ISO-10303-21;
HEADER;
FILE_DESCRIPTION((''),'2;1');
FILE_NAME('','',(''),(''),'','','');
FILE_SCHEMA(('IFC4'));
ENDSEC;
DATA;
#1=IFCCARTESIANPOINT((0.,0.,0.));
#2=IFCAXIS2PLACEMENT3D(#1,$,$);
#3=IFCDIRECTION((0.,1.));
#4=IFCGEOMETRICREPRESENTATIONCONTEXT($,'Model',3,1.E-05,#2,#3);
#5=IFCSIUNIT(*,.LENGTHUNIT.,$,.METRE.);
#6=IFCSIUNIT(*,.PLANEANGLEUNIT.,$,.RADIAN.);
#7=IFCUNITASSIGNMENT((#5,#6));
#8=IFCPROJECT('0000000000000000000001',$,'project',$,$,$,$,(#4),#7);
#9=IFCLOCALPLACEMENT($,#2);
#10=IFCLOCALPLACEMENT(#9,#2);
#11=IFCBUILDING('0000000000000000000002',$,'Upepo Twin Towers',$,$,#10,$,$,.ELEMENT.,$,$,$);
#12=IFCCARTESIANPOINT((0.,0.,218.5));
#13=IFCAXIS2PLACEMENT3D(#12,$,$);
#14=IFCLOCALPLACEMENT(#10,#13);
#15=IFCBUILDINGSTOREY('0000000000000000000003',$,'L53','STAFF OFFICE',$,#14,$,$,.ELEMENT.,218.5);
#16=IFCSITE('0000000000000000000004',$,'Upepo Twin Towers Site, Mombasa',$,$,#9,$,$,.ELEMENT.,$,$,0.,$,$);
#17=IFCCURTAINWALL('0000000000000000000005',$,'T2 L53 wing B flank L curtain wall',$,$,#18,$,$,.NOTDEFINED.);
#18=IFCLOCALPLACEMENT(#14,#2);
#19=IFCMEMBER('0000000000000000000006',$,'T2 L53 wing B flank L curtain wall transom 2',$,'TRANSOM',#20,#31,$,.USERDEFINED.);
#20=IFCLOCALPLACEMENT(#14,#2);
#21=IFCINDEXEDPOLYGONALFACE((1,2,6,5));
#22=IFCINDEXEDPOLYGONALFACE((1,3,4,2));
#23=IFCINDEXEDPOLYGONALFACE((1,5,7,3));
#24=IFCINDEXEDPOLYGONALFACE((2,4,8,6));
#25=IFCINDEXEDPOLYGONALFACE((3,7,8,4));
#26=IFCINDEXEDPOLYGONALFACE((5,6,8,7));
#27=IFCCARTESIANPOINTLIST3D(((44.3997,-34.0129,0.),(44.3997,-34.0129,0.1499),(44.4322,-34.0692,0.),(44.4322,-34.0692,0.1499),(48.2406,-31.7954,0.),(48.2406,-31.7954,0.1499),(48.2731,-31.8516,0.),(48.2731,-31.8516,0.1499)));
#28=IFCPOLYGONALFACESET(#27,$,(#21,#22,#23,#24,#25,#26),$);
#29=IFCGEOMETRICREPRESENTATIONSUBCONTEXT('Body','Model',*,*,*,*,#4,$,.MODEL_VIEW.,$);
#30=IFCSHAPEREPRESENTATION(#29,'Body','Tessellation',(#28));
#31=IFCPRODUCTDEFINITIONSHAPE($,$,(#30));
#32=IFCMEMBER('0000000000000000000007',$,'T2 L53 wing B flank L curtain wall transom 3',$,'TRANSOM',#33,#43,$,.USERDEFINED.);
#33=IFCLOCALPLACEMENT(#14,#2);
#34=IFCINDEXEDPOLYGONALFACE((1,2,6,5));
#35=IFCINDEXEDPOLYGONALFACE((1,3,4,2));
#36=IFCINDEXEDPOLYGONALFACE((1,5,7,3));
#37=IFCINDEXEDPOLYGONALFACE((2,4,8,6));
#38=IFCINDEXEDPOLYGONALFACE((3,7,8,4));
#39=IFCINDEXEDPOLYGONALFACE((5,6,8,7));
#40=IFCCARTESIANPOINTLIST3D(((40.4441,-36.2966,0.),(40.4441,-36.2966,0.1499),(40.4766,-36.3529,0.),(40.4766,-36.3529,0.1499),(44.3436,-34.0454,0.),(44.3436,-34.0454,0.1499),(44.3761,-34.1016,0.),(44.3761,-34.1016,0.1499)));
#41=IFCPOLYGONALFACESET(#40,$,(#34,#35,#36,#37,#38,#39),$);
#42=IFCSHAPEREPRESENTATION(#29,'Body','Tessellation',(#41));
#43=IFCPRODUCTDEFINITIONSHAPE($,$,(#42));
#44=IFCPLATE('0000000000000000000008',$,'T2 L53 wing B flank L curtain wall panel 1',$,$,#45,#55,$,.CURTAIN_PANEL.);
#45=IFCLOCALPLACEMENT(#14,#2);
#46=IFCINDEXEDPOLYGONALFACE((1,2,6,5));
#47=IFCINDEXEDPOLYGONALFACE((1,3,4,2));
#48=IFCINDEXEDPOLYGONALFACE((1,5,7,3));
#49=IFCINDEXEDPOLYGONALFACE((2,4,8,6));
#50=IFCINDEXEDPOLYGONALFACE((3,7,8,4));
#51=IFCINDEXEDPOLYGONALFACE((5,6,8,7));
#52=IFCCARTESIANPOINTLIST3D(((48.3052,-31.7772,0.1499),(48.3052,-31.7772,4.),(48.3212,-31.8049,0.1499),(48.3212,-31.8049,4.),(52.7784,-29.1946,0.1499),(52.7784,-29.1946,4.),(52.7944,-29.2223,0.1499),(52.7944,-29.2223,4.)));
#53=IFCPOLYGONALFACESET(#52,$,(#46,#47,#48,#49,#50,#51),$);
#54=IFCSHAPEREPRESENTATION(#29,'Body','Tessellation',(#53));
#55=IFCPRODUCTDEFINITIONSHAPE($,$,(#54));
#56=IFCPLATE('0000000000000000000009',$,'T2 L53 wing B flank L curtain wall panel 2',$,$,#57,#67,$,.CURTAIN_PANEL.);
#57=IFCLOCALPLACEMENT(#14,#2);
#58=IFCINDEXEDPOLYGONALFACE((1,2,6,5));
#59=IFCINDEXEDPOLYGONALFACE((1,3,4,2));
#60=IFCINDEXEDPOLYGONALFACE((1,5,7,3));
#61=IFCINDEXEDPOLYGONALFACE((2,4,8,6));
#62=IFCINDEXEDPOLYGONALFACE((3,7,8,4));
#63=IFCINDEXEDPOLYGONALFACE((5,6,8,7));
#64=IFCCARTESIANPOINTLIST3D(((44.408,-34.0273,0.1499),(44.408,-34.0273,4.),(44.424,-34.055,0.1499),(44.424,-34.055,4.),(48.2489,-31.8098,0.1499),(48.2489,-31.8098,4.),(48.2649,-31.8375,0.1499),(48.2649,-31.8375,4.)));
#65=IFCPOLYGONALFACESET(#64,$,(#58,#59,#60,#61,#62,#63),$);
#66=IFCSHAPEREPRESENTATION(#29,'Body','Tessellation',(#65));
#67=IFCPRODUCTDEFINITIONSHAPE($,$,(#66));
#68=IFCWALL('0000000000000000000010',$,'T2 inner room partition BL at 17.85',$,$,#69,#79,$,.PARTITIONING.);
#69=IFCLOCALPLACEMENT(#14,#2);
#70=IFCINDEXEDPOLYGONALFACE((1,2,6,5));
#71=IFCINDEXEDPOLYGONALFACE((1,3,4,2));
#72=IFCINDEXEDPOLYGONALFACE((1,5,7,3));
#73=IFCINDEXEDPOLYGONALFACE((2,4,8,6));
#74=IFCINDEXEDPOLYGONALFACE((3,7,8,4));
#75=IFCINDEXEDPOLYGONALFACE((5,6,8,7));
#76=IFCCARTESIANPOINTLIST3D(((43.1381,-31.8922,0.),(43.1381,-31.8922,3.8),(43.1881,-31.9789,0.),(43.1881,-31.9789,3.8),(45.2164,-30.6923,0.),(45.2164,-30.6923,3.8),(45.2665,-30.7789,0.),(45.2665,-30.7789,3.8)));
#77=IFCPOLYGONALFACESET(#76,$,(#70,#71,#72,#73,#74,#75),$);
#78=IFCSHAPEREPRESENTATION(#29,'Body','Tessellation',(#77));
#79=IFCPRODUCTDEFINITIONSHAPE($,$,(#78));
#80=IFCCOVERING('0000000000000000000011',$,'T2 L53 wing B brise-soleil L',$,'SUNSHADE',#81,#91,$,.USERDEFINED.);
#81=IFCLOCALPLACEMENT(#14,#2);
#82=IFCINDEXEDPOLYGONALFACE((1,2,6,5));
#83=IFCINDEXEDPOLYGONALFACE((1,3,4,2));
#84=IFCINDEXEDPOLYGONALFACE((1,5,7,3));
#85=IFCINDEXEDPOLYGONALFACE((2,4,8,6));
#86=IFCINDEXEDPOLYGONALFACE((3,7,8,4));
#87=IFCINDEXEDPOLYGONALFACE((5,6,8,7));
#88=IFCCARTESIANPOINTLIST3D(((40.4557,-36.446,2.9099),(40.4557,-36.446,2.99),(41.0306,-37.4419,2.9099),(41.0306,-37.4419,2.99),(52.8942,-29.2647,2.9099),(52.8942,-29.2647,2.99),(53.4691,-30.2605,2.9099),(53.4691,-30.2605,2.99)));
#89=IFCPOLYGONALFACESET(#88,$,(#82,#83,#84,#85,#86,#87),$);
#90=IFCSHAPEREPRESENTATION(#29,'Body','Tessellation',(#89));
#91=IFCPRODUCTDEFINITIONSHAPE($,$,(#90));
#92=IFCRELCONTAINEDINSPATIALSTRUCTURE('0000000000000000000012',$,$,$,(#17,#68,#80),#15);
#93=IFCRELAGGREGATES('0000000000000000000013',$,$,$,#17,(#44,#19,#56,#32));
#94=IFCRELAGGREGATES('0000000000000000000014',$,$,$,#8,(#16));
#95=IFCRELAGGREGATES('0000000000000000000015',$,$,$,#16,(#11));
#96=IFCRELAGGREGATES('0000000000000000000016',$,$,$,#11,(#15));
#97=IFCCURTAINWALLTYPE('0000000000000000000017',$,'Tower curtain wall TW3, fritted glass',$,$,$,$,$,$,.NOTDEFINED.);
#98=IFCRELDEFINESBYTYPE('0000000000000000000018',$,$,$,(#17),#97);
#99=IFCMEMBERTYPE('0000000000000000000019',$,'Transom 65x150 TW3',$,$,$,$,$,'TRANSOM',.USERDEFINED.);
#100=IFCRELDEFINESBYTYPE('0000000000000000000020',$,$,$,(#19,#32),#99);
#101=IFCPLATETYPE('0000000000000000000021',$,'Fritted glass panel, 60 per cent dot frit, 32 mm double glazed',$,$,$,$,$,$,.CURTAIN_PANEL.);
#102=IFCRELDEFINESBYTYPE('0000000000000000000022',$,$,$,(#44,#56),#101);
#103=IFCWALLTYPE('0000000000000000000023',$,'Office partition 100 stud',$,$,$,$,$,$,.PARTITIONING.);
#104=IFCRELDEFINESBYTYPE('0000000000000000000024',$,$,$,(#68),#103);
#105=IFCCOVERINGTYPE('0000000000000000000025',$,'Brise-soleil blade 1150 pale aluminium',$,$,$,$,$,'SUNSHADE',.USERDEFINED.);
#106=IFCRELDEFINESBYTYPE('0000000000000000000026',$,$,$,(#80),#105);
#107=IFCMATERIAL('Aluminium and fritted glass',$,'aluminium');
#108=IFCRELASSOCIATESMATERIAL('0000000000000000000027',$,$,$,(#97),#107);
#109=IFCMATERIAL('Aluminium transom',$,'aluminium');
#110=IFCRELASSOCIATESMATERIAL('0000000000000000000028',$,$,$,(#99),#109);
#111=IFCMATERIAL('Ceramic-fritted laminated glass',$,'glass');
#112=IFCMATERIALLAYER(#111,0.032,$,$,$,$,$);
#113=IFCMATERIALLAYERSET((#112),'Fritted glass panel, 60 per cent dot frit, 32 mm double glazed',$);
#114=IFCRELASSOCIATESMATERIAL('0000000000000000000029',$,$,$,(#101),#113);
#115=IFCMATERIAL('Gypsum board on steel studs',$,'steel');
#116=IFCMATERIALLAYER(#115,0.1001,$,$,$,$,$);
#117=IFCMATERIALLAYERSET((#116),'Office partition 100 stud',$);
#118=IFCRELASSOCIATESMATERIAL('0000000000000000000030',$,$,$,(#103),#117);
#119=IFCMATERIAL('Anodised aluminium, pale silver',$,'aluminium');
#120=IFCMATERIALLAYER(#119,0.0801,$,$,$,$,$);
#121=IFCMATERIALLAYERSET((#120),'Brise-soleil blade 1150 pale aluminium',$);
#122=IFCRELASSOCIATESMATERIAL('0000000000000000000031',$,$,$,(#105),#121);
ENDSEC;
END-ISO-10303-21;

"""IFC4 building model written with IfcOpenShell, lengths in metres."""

from ifc_helpers import new_model, si_unit, direction, frame, frame_2d, origin, origin_2d, place, context, subcontext, project, spatial, rectangle, extrude, material, layer, layer_set, material_profile, profile_set, type_object, element, aggregate, save


model = new_model("IFC4")

# Units and contexts
model_context = context("Model", 3, precision=1e-05, world=origin(), true_north=direction((0.0, 1.0)))
body_context = subcontext(model_context, "Body", "Model", "MODEL_VIEW")
ifc_project = project(units=[si_unit("LENGTHUNIT", "METRE"), si_unit("PLANEANGLEUNIT", "RADIAN")], contexts=[model_context])

# Site, building, storey
site_placement = place(None, origin())
site = spatial("IfcSite", under=ifc_project, at=site_placement, Name="Upepo Twin Towers Site, Mombasa", CompositionType="ELEMENT", RefElevation=0.0)
building_placement = place(site_placement, origin())
building = spatial("IfcBuilding", under=site, at=building_placement, Name="Upepo Twin Towers", CompositionType="ELEMENT")
storey_placement = place(building_placement, frame((0.0, 0.0, 218.5)))
storey = spatial("IfcBuildingStorey", under=building, at=storey_placement, Name="L53", Description="STAFF OFFICE", CompositionType="ELEMENT", Elevation=218.5)

# Curtain wall, members, plates
ifc_material_1 = material(Name="Aluminium and fritted glass", Category="aluminium")
curtain_wall_type = type_object("IfcCurtainWallType", Name="Tower curtain wall TW3, fritted glass", PredefinedType="NOTDEFINED", material=ifc_material_1)
curtain_wall_placement = place(storey_placement, origin())
curtain_wall = element("IfcCurtainWall", 1, at=curtain_wall_placement, inside=storey, type_object=curtain_wall_type, Name="T2 L53 wing B flank L curtain wall", PredefinedType="NOTDEFINED")
ifc_material_2 = material(Name="Aluminium transom", Category="aluminium")
ifc_material_profile_1 = material_profile(ifc_material_2, rectangle(XDim=0.0649, YDim=0.1499, at=origin_2d()), Name="TRANSOM 65x150")
ifc_profile_set_1 = profile_set([ifc_material_profile_1], Name="Aluminium transom")
member_type_1 = type_object("IfcMemberType", Name="Transom 65x150 TW3", ElementType="TRANSOM", PredefinedType="USERDEFINED", material=ifc_profile_set_1)
member_1_placement = place(storey_placement, frame((48.2568, -31.8235, 0.075), z_axis=(-0.866022, -0.500005, 0.0), x_axis=(0.500005, -0.866022, 0.0)))
member_1 = element("IfcMember", 2, at=member_1_placement, type_object=member_type_1, Name="T2 L53 wing B flank L curtain wall transom 2", ObjectType="TRANSOM", PredefinedType="USERDEFINED", context=body_context, shape_type="SweptSolid", body=[
    extrude(rectangle(XDim=0.0649, YDim=0.1499, at=origin_2d()), origin(), (0.0, 0.0, 1.0), 4.4351),
])
member_2_placement = place(storey_placement, frame((44.3599, -34.0735, 0.075), z_axis=(-0.866036, -0.499982, 0.0), x_axis=(0.499982, -0.866036, 0.0)))
member_2 = element("IfcMember", 3, at=member_2_placement, type_object=member_type_1, Name="T2 L53 wing B flank L curtain wall transom 3", ObjectType="TRANSOM", PredefinedType="USERDEFINED", context=body_context, shape_type="SweptSolid", body=[
    extrude(rectangle(XDim=0.0649, YDim=0.1499, at=origin_2d()), origin(), (0.0, 0.0, 1.0), 4.5027),
])
ifc_material_3 = material(Name="Ceramic-fritted laminated glass", Category="glass")
ifc_layer_1 = layer(ifc_material_3, 0.032)
ifc_layer_set_1 = layer_set([ifc_layer_1], Name="Fritted glass panel, 60 per cent dot frit, 32 mm double glazed")
plate_type = type_object("IfcPlateType", Name="Fritted glass panel, 60 per cent dot frit, 32 mm double glazed", PredefinedType="CURTAIN_PANEL", material=ifc_layer_set_1)
plate_1_placement = place(storey_placement, frame((50.5498, -30.4998, 0.1499), z_axis=(0.0, 0.0, 1.0), x_axis=(-0.866025, -0.5, 0.0)))
plate_1 = element("IfcPlate", 4, at=plate_1_placement, type_object=plate_type, Name="T2 L53 wing B flank L curtain wall panel 1", PredefinedType="CURTAIN_PANEL", context=body_context, shape_type="SweptSolid", body=[
    extrude(rectangle(XDim=5.1653, YDim=0.032, at=origin_2d()), origin(), (0.0, 0.0, 1.0), 3.8501),
])
plate_2_placement = place(storey_placement, frame((46.3364, -32.9324, 0.1499), z_axis=(0.0, 0.0, 1.0), x_axis=(-0.866025, -0.5, 0.0)))
plate_2 = element("IfcPlate", 5, at=plate_2_placement, type_object=plate_type, Name="T2 L53 wing B flank L curtain wall panel 2", PredefinedType="CURTAIN_PANEL", context=body_context, shape_type="SweptSolid", body=[
    extrude(rectangle(XDim=4.4351, YDim=0.032, at=origin_2d()), origin(), (0.0, 0.0, 1.0), 3.8501),
])
aggregate(curtain_wall, [plate_1, member_1, plate_2, member_2])

# Wall
ifc_material_4 = material(Name="Gypsum board on steel studs", Category="steel")
ifc_layer_2 = layer(ifc_material_4, 0.1001)
ifc_layer_set_2 = layer_set([ifc_layer_2], Name="Office partition 100 stud")
wall_type = type_object("IfcWallType", Name="Office partition 100 stud", PredefinedType="PARTITIONING", material=ifc_layer_set_2)
wall_placement = place(storey_placement, frame((45.2415, -30.7356, 0.0), z_axis=(0.0, 0.0, 1.0), x_axis=(-0.866025, -0.500001, 0.0)))
element("IfcWall", 6, at=wall_placement, inside=storey, type_object=wall_type, Name="T2 inner room partition BL at 17.85", PredefinedType="PARTITIONING", context=body_context, shape_type="SweptSolid", body=[
    extrude(rectangle(XDim=2.3999, YDim=0.1001, at=frame_2d((1.2, 0.0))), origin(), (0.0, 0.0, 1.0), 3.8),
])

# Covering
ifc_material_5 = material(Name="Anodised aluminium, pale silver", Category="aluminium")
ifc_layer_3 = layer(ifc_material_5, 0.0801)
ifc_layer_set_3 = layer_set([ifc_layer_3], Name="Brise-soleil blade 1150 pale aluminium")
covering_type = type_object("IfcCoveringType", Name="Brise-soleil blade 1150 pale aluminium", ElementType="SUNSHADE", PredefinedType="USERDEFINED", material=ifc_layer_set_3)
covering_placement = place(storey_placement, frame((46.9624, -33.3533, 2.9099), z_axis=(0.0, 0.0, 1.0), x_axis=(-0.866025, -0.5, 0.0)))
element("IfcCovering", 7, at=covering_placement, inside=storey, type_object=covering_type, Name="T2 L53 wing B brise-soleil L", ObjectType="SUNSHADE", PredefinedType="USERDEFINED", context=body_context, shape_type="SweptSolid", body=[
    extrude(rectangle(XDim=14.3628, YDim=1.1499, at=origin_2d()), origin(), (0.0, 0.0, 1.0), 0.0801),
])

save(model, "model.ifc")
